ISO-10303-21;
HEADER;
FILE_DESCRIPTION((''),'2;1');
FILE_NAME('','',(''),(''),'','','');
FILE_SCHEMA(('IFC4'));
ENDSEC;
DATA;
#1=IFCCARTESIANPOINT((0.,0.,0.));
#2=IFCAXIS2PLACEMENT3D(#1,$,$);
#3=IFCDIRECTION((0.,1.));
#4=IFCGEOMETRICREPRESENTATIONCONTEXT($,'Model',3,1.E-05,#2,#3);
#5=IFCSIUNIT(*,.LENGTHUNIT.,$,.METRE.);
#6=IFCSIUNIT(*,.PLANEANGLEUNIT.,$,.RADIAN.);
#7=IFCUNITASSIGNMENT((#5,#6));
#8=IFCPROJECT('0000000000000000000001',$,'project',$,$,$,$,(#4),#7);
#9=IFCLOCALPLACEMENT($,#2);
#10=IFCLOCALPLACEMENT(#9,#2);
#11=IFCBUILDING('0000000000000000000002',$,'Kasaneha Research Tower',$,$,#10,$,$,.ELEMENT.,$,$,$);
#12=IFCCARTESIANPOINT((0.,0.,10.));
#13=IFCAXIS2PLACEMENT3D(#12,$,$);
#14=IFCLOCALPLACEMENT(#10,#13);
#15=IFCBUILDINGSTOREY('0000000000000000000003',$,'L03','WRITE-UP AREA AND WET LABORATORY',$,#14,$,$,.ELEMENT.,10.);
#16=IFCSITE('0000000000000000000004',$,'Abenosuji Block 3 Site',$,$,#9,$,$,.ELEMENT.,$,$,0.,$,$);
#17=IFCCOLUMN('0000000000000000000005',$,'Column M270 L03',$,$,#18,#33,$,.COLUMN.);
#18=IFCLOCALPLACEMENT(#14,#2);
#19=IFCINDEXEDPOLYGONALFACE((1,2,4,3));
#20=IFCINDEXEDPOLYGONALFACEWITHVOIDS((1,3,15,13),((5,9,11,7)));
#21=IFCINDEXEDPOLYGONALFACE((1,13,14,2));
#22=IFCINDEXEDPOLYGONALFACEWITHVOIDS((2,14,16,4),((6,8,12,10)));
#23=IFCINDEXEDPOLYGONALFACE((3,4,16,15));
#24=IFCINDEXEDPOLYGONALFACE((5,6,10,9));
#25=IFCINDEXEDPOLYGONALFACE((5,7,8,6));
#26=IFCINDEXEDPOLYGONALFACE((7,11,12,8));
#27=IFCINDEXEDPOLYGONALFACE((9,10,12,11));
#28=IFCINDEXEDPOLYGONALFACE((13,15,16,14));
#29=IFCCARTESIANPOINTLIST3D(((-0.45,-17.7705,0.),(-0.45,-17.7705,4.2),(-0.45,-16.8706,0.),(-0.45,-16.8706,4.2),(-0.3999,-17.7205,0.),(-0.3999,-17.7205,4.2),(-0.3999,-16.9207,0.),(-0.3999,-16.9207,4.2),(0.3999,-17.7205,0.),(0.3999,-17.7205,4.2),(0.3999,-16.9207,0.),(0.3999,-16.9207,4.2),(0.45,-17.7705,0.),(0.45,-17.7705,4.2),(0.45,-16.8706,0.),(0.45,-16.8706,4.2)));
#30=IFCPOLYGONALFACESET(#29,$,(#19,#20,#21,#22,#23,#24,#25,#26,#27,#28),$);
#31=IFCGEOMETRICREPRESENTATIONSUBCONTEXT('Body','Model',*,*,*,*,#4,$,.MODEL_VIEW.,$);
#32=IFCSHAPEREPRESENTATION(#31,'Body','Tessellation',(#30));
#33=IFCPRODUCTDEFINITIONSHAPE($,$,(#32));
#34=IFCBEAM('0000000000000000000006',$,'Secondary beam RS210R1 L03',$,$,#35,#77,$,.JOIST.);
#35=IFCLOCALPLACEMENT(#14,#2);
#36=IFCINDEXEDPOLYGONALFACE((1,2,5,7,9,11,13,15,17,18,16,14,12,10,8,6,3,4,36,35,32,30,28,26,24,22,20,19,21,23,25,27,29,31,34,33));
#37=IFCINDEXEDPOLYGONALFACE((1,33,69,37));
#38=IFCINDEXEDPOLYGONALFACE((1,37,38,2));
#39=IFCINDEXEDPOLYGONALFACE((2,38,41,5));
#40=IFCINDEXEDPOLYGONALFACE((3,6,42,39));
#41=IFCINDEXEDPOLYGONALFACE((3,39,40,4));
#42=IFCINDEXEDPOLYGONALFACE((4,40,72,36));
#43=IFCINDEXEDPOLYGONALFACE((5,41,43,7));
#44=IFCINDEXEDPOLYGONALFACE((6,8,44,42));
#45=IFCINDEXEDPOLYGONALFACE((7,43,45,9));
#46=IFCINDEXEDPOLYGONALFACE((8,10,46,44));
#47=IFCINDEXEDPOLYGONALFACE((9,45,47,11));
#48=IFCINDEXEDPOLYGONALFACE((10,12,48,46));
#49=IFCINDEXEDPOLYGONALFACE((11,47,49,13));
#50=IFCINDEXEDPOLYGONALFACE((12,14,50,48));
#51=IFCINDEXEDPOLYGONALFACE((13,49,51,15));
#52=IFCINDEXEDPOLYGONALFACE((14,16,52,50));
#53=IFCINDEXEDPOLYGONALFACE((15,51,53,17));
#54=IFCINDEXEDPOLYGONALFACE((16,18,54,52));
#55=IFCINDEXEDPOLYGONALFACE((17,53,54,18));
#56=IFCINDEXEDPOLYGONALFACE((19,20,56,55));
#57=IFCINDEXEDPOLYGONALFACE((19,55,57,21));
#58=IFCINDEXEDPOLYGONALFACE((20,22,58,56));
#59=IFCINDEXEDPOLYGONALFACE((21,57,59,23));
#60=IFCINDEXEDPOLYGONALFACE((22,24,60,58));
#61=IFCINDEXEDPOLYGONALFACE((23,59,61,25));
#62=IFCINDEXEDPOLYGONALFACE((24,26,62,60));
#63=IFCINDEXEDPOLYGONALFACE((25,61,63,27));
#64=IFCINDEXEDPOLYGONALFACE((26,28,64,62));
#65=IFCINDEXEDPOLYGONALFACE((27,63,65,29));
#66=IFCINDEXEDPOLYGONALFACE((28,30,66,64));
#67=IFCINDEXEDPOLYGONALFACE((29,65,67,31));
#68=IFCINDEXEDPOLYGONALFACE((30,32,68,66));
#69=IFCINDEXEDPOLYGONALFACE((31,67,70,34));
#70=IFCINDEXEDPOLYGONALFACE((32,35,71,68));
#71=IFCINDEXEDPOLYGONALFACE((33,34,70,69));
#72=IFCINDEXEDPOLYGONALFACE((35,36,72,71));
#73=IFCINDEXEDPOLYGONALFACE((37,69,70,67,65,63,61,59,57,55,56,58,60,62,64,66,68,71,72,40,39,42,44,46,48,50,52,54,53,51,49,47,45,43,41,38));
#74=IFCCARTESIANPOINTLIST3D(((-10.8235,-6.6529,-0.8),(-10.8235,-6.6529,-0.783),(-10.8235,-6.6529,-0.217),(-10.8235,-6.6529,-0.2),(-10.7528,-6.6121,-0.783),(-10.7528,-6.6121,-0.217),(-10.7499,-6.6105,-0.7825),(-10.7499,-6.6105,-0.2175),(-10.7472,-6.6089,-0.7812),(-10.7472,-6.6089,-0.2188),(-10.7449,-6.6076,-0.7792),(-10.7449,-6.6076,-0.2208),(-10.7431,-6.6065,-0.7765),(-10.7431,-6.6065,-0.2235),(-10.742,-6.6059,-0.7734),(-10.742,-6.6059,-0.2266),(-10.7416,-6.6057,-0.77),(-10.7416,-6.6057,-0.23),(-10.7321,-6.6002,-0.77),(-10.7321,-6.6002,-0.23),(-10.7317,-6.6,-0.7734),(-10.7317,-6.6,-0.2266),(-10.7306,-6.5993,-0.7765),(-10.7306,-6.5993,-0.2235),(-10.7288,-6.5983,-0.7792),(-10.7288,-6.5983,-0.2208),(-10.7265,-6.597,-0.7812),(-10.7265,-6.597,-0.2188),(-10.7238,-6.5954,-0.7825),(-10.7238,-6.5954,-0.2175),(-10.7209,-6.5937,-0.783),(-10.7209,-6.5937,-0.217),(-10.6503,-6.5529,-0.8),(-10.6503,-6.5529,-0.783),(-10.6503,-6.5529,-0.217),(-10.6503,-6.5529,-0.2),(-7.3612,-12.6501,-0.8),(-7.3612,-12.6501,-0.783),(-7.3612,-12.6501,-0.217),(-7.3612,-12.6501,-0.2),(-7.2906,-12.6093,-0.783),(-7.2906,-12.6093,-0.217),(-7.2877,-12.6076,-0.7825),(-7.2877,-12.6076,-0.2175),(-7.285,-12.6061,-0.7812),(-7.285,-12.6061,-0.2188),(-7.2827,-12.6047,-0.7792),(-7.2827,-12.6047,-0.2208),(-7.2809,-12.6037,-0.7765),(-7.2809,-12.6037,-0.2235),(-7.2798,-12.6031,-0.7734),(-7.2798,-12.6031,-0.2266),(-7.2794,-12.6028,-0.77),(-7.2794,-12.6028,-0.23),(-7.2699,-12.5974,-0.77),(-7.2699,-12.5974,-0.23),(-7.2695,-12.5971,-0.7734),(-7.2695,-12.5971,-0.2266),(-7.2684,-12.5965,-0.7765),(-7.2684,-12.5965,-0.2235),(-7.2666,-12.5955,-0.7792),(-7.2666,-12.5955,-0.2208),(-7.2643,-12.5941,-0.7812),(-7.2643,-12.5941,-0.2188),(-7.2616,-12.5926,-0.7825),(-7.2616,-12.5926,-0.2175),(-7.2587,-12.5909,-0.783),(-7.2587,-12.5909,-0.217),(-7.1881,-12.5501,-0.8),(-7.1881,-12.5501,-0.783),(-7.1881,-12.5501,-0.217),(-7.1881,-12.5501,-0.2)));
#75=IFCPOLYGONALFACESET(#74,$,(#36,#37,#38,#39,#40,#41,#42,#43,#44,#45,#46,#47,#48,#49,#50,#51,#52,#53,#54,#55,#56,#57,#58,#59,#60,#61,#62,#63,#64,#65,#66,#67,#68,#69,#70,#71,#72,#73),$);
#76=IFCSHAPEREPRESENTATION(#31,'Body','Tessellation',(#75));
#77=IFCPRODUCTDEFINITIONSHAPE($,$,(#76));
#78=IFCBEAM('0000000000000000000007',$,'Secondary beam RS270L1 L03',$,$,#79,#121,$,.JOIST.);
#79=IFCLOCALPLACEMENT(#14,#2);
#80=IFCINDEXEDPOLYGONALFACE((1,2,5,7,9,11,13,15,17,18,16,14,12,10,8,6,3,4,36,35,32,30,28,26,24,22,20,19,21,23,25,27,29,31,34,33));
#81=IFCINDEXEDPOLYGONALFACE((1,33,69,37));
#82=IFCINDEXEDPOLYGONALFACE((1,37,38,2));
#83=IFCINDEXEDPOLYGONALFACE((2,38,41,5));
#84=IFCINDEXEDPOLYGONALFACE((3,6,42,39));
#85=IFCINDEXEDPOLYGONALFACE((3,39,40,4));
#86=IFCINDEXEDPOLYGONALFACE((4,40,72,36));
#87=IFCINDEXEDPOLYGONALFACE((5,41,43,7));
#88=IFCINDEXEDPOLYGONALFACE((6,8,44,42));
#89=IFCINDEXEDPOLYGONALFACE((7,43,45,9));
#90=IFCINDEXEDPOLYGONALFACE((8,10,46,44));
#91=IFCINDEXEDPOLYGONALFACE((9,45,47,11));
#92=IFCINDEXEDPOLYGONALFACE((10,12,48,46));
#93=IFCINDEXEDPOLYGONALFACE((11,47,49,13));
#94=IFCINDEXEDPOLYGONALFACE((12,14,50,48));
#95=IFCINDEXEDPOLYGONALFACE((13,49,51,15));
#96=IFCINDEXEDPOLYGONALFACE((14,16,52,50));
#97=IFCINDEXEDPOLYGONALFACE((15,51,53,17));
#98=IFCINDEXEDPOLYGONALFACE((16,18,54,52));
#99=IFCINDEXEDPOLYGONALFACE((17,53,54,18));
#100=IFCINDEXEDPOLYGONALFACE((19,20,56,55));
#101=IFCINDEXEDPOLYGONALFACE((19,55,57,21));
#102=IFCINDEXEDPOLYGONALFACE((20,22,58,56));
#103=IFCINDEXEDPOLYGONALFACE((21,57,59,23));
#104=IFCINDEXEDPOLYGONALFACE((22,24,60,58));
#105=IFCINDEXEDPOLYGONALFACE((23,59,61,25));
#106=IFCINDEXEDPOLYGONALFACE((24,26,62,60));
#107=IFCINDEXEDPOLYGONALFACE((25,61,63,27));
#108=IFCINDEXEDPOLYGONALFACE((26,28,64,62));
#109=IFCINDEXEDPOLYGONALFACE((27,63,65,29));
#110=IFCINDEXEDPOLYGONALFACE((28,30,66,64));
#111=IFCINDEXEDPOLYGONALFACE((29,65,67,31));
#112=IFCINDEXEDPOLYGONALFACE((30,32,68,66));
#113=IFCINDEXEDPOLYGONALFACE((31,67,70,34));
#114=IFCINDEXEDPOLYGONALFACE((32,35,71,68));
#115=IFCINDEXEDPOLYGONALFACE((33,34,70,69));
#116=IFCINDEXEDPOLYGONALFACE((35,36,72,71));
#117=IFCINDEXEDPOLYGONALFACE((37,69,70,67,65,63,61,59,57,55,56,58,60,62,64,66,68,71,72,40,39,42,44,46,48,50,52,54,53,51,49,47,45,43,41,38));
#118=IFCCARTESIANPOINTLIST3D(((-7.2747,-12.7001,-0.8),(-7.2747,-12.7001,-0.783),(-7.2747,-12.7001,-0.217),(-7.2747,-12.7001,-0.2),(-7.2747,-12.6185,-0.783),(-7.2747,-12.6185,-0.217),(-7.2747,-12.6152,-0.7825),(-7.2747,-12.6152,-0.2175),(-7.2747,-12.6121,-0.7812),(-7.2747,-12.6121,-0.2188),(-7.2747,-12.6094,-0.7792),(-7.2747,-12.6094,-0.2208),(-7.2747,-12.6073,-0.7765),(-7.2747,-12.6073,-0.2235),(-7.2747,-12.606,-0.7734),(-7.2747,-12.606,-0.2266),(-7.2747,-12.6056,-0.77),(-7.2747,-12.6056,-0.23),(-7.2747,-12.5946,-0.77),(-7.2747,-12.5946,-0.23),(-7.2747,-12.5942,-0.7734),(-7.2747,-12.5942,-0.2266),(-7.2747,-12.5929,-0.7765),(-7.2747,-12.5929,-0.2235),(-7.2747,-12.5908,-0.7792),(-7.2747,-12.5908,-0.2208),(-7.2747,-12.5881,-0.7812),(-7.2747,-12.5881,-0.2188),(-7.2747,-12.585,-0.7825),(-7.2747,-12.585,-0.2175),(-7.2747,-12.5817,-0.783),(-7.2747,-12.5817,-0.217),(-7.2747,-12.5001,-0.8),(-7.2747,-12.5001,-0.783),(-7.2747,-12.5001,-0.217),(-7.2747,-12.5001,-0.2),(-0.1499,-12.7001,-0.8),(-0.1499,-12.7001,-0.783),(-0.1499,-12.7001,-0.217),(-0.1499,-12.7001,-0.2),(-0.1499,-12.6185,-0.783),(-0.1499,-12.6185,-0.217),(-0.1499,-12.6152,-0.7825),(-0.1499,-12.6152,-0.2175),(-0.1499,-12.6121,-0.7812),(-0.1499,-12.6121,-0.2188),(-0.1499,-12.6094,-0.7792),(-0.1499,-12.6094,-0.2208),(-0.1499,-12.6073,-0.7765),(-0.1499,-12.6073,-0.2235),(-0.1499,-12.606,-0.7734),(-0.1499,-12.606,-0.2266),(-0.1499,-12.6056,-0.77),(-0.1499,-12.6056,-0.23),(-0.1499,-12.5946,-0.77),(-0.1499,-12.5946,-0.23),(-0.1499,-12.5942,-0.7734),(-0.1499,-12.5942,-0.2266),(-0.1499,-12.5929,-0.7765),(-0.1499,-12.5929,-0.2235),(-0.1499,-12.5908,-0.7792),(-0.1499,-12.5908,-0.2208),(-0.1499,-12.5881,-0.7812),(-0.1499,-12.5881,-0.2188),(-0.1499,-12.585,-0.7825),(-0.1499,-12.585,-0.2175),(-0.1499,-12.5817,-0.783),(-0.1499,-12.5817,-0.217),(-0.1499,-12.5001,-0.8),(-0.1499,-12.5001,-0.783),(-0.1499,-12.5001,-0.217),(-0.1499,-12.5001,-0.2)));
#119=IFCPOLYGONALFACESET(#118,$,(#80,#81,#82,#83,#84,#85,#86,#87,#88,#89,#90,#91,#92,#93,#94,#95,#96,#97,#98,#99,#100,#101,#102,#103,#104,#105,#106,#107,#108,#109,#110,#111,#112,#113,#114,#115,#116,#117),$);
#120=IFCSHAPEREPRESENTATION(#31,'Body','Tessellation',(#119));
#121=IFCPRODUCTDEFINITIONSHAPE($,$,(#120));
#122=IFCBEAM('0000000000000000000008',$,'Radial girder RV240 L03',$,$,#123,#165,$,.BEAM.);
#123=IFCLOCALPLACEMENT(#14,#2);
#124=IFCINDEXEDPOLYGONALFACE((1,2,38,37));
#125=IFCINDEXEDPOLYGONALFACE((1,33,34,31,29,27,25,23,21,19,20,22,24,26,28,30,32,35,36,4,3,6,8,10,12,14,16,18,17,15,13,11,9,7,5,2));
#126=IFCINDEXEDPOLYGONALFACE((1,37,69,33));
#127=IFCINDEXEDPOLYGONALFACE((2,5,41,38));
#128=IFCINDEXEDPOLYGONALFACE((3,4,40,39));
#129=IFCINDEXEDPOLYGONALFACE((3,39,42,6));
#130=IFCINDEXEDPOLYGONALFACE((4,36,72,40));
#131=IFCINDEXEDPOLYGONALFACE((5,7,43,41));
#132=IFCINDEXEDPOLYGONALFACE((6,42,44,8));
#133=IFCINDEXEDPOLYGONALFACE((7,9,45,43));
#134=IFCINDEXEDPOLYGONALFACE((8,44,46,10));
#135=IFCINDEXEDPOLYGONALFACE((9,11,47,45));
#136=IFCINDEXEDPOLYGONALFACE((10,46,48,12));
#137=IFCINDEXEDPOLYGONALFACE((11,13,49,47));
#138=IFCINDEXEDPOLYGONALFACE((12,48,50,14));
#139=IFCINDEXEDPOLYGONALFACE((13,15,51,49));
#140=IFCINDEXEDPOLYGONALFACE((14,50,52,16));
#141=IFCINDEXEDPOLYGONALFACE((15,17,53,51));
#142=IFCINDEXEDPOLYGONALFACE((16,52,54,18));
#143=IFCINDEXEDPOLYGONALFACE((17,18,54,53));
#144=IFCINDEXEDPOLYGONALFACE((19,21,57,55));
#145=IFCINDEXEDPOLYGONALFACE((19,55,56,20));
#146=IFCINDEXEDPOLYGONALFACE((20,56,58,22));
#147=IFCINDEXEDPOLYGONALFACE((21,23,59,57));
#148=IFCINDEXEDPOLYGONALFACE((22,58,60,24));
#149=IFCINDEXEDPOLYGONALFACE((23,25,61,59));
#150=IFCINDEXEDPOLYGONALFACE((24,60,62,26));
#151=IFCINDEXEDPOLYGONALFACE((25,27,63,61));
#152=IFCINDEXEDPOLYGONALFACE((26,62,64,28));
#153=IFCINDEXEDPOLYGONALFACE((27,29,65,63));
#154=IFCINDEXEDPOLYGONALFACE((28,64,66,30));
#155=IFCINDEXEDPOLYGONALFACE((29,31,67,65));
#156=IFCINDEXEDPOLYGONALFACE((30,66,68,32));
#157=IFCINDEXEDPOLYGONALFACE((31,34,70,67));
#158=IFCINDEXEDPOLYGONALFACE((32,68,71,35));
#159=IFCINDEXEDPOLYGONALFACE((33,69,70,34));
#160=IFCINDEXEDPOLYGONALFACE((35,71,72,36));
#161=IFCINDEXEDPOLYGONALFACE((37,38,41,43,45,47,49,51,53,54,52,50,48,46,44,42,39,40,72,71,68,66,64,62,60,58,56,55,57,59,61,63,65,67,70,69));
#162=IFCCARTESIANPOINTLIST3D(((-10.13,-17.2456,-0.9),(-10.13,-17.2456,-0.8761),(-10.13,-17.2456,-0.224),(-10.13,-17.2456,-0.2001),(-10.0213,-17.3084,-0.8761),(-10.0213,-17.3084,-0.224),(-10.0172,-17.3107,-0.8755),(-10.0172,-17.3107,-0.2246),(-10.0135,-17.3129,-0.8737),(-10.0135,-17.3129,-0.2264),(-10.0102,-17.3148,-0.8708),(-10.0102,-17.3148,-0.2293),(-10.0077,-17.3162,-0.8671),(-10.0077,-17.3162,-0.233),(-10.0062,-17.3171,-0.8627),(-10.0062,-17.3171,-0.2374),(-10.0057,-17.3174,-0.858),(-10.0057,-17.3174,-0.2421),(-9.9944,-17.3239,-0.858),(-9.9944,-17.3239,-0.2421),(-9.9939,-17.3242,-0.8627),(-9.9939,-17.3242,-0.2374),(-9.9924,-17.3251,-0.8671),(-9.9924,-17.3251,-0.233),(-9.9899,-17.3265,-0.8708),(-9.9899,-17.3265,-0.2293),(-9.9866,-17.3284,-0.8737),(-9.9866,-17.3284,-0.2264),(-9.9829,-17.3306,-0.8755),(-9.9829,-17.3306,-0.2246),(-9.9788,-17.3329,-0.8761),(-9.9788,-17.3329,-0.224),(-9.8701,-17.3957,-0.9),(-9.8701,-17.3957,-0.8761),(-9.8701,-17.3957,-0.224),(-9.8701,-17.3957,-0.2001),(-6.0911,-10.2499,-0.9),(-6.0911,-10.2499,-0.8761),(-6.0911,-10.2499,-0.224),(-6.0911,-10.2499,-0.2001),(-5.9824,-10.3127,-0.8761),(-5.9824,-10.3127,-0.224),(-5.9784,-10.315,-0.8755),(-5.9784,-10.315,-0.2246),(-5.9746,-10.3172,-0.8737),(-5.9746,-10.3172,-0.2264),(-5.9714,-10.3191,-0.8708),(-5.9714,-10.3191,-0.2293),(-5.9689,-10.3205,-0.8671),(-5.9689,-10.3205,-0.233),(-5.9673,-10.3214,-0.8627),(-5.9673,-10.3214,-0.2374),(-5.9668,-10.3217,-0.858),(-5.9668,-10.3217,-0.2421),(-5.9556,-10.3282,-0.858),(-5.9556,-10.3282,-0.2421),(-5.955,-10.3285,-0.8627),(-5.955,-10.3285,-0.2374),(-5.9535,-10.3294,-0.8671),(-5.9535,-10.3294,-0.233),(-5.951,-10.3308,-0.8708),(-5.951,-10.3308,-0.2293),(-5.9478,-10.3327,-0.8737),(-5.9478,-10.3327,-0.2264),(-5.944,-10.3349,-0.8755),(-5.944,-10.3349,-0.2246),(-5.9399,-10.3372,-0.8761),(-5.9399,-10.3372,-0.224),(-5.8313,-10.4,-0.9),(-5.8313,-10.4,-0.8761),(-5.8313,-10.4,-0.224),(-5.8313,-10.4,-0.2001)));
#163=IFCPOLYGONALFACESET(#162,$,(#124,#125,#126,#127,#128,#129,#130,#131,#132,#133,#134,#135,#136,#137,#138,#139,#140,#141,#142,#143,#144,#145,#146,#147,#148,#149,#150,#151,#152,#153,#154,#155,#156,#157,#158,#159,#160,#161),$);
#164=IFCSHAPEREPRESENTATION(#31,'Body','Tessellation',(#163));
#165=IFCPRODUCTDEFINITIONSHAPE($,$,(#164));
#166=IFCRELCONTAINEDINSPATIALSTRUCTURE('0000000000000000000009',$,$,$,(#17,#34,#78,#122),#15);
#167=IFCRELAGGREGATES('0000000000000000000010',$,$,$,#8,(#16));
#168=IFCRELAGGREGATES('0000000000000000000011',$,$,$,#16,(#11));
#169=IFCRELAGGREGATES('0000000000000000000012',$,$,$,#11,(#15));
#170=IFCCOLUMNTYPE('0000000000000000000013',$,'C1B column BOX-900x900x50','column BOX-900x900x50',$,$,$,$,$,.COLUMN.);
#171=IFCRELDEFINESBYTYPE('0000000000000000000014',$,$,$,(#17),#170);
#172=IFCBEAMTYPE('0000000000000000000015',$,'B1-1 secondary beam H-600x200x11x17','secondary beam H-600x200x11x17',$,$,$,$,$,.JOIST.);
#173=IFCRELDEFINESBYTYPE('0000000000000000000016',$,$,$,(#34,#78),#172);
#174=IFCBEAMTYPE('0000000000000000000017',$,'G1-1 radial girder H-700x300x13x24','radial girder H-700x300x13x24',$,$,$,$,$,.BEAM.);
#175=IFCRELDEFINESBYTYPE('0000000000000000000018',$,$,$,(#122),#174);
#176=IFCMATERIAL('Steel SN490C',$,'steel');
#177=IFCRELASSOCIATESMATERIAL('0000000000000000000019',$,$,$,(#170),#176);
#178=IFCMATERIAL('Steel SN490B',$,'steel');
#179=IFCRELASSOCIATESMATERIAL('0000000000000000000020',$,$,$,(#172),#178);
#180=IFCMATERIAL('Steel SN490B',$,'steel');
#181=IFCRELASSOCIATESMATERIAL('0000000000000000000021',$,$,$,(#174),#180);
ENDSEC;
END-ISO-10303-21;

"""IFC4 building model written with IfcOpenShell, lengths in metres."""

from ifc_helpers import new_model, si_unit, direction, frame, origin, origin_2d, place, context, subcontext, project, spatial, hollow_rectangle, i_section, extrude, material, material_profile, profile_set, type_object, element, save


model = new_model("IFC4")

# Units and contexts
model_context = context("Model", 3, precision=1e-05, world=origin(), true_north=direction((0.0, 1.0)))
body_context = subcontext(model_context, "Body", "Model", "MODEL_VIEW")
ifc_project = project(units=[si_unit("LENGTHUNIT", "METRE"), si_unit("PLANEANGLEUNIT", "RADIAN")], contexts=[model_context])

# Site, building, storey
site_placement = place(None, origin())
site = spatial("IfcSite", under=ifc_project, at=site_placement, Name="Abenosuji Block 3 Site", CompositionType="ELEMENT", RefElevation=0.0)
building_placement = place(site_placement, origin())
building = spatial("IfcBuilding", under=site, at=building_placement, Name="Kasaneha Research Tower", CompositionType="ELEMENT")
storey_placement = place(building_placement, frame((0.0, 0.0, 10.0)))
storey = spatial("IfcBuildingStorey", under=building, at=storey_placement, Name="L03", Description="WRITE-UP AREA AND WET LABORATORY", CompositionType="ELEMENT", Elevation=10.0)

# Column
ifc_material_1 = material(Name="Steel SN490C", Category="steel")
ifc_material_profile_1 = material_profile(ifc_material_1, hollow_rectangle(XDim=0.8999, YDim=0.8999, WallThickness=0.05, at=origin_2d()), Name="BOX-900x900x50")
ifc_profile_set_1 = profile_set([ifc_material_profile_1], Name="Steel SN490C")
column_type = type_object("IfcColumnType", Name="C1B column BOX-900x900x50", Description="column BOX-900x900x50", PredefinedType="COLUMN", material=ifc_profile_set_1)
column_placement = place(storey_placement, frame((0.0, -17.3206, 0.0), z_axis=(0.0, 0.0, 1.0), x_axis=(1.0, 0.0, 0.0)))
element("IfcColumn", 1, at=column_placement, inside=storey, type_object=column_type, Name="Column M270 L03", PredefinedType="COLUMN", context=body_context, shape_type="SweptSolid", body=[
    extrude(hollow_rectangle(XDim=0.8999, YDim=0.8999, WallThickness=0.05, at=origin_2d()), origin(), (0.0, 0.0, 1.0), 4.2),
])

# Beams
ifc_material_2 = material(Name="Steel SN490B", Category="steel")
ifc_material_profile_2 = material_profile(ifc_material_2, i_section(OverallWidth=0.2, OverallDepth=0.6001, WebThickness=0.011, FlangeThickness=0.0171, FilletRadius=0.0129, at=origin_2d()), Name="H-600x200x11x17")
ifc_profile_set_2 = profile_set([ifc_material_profile_2], Name="Steel SN490B")
beam_type_1 = type_object("IfcBeamType", Name="B1-1 secondary beam H-600x200x11x17", Description="secondary beam H-600x200x11x17", PredefinedType="JOIST", material=ifc_profile_set_2)
beam_1_placement = place(storey_placement, frame((-7.2747, -12.6001, -0.5), z_axis=(-0.499973, 0.866041, 0.0), x_axis=(-0.866041, -0.499973, 0.0)))
element("IfcBeam", 2, at=beam_1_placement, inside=storey, type_object=beam_type_1, Name="Secondary beam RS210R1 L03", PredefinedType="JOIST", context=body_context, shape_type="SweptSolid", body=[
    extrude(i_section(OverallWidth=0.2, OverallDepth=0.6001, WebThickness=0.011, FlangeThickness=0.0171, FilletRadius=0.0129, at=origin_2d()), origin(), (0.0, 0.0, 1.0), 6.9248),
])
beam_2_placement = place(storey_placement, frame((-7.2747, -12.6001, -0.5), z_axis=(1.0, 0.0, 0.0), x_axis=(0.0, 1.0, 0.0)))
element("IfcBeam", 3, at=beam_2_placement, inside=storey, type_object=beam_type_1, Name="Secondary beam RS270L1 L03", PredefinedType="JOIST", context=body_context, shape_type="SweptSolid", body=[
    extrude(i_section(OverallWidth=0.2, OverallDepth=0.6001, WebThickness=0.011, FlangeThickness=0.0171, FilletRadius=0.0129, at=origin_2d()), origin(), (0.0, 0.0, 1.0), 7.1248),
])
ifc_material_3 = material(Name="Steel SN490B", Category="steel")
ifc_material_profile_3 = material_profile(ifc_material_3, i_section(OverallWidth=0.3, OverallDepth=0.7, WebThickness=0.0129, FlangeThickness=0.0239, FilletRadius=0.0181, at=origin_2d()), Name="H-700x300x13x24")
ifc_profile_set_3 = profile_set([ifc_material_profile_3], Name="Steel SN490B")
beam_type_2 = type_object("IfcBeamType", Name="G1-1 radial girder H-700x300x13x24", Description="radial girder H-700x300x13x24", PredefinedType="BEAM", material=ifc_profile_set_3)
beam_3_placement = place(storey_placement, frame((-5.9612, -10.325, -0.55), z_axis=(-0.499991, -0.866031, 0.0), x_axis=(0.866031, -0.499991, 0.0)))
element("IfcBeam", 4, at=beam_3_placement, inside=storey, type_object=beam_type_2, Name="Radial girder RV240 L03", PredefinedType="BEAM", context=body_context, shape_type="SweptSolid", body=[
    extrude(i_section(OverallWidth=0.3, OverallDepth=0.7, WebThickness=0.0129, FlangeThickness=0.0239, FilletRadius=0.0181, at=origin_2d()), origin(), (0.0, 0.0, 1.0), 8.0779),
])

save(model, "model.ifc")
